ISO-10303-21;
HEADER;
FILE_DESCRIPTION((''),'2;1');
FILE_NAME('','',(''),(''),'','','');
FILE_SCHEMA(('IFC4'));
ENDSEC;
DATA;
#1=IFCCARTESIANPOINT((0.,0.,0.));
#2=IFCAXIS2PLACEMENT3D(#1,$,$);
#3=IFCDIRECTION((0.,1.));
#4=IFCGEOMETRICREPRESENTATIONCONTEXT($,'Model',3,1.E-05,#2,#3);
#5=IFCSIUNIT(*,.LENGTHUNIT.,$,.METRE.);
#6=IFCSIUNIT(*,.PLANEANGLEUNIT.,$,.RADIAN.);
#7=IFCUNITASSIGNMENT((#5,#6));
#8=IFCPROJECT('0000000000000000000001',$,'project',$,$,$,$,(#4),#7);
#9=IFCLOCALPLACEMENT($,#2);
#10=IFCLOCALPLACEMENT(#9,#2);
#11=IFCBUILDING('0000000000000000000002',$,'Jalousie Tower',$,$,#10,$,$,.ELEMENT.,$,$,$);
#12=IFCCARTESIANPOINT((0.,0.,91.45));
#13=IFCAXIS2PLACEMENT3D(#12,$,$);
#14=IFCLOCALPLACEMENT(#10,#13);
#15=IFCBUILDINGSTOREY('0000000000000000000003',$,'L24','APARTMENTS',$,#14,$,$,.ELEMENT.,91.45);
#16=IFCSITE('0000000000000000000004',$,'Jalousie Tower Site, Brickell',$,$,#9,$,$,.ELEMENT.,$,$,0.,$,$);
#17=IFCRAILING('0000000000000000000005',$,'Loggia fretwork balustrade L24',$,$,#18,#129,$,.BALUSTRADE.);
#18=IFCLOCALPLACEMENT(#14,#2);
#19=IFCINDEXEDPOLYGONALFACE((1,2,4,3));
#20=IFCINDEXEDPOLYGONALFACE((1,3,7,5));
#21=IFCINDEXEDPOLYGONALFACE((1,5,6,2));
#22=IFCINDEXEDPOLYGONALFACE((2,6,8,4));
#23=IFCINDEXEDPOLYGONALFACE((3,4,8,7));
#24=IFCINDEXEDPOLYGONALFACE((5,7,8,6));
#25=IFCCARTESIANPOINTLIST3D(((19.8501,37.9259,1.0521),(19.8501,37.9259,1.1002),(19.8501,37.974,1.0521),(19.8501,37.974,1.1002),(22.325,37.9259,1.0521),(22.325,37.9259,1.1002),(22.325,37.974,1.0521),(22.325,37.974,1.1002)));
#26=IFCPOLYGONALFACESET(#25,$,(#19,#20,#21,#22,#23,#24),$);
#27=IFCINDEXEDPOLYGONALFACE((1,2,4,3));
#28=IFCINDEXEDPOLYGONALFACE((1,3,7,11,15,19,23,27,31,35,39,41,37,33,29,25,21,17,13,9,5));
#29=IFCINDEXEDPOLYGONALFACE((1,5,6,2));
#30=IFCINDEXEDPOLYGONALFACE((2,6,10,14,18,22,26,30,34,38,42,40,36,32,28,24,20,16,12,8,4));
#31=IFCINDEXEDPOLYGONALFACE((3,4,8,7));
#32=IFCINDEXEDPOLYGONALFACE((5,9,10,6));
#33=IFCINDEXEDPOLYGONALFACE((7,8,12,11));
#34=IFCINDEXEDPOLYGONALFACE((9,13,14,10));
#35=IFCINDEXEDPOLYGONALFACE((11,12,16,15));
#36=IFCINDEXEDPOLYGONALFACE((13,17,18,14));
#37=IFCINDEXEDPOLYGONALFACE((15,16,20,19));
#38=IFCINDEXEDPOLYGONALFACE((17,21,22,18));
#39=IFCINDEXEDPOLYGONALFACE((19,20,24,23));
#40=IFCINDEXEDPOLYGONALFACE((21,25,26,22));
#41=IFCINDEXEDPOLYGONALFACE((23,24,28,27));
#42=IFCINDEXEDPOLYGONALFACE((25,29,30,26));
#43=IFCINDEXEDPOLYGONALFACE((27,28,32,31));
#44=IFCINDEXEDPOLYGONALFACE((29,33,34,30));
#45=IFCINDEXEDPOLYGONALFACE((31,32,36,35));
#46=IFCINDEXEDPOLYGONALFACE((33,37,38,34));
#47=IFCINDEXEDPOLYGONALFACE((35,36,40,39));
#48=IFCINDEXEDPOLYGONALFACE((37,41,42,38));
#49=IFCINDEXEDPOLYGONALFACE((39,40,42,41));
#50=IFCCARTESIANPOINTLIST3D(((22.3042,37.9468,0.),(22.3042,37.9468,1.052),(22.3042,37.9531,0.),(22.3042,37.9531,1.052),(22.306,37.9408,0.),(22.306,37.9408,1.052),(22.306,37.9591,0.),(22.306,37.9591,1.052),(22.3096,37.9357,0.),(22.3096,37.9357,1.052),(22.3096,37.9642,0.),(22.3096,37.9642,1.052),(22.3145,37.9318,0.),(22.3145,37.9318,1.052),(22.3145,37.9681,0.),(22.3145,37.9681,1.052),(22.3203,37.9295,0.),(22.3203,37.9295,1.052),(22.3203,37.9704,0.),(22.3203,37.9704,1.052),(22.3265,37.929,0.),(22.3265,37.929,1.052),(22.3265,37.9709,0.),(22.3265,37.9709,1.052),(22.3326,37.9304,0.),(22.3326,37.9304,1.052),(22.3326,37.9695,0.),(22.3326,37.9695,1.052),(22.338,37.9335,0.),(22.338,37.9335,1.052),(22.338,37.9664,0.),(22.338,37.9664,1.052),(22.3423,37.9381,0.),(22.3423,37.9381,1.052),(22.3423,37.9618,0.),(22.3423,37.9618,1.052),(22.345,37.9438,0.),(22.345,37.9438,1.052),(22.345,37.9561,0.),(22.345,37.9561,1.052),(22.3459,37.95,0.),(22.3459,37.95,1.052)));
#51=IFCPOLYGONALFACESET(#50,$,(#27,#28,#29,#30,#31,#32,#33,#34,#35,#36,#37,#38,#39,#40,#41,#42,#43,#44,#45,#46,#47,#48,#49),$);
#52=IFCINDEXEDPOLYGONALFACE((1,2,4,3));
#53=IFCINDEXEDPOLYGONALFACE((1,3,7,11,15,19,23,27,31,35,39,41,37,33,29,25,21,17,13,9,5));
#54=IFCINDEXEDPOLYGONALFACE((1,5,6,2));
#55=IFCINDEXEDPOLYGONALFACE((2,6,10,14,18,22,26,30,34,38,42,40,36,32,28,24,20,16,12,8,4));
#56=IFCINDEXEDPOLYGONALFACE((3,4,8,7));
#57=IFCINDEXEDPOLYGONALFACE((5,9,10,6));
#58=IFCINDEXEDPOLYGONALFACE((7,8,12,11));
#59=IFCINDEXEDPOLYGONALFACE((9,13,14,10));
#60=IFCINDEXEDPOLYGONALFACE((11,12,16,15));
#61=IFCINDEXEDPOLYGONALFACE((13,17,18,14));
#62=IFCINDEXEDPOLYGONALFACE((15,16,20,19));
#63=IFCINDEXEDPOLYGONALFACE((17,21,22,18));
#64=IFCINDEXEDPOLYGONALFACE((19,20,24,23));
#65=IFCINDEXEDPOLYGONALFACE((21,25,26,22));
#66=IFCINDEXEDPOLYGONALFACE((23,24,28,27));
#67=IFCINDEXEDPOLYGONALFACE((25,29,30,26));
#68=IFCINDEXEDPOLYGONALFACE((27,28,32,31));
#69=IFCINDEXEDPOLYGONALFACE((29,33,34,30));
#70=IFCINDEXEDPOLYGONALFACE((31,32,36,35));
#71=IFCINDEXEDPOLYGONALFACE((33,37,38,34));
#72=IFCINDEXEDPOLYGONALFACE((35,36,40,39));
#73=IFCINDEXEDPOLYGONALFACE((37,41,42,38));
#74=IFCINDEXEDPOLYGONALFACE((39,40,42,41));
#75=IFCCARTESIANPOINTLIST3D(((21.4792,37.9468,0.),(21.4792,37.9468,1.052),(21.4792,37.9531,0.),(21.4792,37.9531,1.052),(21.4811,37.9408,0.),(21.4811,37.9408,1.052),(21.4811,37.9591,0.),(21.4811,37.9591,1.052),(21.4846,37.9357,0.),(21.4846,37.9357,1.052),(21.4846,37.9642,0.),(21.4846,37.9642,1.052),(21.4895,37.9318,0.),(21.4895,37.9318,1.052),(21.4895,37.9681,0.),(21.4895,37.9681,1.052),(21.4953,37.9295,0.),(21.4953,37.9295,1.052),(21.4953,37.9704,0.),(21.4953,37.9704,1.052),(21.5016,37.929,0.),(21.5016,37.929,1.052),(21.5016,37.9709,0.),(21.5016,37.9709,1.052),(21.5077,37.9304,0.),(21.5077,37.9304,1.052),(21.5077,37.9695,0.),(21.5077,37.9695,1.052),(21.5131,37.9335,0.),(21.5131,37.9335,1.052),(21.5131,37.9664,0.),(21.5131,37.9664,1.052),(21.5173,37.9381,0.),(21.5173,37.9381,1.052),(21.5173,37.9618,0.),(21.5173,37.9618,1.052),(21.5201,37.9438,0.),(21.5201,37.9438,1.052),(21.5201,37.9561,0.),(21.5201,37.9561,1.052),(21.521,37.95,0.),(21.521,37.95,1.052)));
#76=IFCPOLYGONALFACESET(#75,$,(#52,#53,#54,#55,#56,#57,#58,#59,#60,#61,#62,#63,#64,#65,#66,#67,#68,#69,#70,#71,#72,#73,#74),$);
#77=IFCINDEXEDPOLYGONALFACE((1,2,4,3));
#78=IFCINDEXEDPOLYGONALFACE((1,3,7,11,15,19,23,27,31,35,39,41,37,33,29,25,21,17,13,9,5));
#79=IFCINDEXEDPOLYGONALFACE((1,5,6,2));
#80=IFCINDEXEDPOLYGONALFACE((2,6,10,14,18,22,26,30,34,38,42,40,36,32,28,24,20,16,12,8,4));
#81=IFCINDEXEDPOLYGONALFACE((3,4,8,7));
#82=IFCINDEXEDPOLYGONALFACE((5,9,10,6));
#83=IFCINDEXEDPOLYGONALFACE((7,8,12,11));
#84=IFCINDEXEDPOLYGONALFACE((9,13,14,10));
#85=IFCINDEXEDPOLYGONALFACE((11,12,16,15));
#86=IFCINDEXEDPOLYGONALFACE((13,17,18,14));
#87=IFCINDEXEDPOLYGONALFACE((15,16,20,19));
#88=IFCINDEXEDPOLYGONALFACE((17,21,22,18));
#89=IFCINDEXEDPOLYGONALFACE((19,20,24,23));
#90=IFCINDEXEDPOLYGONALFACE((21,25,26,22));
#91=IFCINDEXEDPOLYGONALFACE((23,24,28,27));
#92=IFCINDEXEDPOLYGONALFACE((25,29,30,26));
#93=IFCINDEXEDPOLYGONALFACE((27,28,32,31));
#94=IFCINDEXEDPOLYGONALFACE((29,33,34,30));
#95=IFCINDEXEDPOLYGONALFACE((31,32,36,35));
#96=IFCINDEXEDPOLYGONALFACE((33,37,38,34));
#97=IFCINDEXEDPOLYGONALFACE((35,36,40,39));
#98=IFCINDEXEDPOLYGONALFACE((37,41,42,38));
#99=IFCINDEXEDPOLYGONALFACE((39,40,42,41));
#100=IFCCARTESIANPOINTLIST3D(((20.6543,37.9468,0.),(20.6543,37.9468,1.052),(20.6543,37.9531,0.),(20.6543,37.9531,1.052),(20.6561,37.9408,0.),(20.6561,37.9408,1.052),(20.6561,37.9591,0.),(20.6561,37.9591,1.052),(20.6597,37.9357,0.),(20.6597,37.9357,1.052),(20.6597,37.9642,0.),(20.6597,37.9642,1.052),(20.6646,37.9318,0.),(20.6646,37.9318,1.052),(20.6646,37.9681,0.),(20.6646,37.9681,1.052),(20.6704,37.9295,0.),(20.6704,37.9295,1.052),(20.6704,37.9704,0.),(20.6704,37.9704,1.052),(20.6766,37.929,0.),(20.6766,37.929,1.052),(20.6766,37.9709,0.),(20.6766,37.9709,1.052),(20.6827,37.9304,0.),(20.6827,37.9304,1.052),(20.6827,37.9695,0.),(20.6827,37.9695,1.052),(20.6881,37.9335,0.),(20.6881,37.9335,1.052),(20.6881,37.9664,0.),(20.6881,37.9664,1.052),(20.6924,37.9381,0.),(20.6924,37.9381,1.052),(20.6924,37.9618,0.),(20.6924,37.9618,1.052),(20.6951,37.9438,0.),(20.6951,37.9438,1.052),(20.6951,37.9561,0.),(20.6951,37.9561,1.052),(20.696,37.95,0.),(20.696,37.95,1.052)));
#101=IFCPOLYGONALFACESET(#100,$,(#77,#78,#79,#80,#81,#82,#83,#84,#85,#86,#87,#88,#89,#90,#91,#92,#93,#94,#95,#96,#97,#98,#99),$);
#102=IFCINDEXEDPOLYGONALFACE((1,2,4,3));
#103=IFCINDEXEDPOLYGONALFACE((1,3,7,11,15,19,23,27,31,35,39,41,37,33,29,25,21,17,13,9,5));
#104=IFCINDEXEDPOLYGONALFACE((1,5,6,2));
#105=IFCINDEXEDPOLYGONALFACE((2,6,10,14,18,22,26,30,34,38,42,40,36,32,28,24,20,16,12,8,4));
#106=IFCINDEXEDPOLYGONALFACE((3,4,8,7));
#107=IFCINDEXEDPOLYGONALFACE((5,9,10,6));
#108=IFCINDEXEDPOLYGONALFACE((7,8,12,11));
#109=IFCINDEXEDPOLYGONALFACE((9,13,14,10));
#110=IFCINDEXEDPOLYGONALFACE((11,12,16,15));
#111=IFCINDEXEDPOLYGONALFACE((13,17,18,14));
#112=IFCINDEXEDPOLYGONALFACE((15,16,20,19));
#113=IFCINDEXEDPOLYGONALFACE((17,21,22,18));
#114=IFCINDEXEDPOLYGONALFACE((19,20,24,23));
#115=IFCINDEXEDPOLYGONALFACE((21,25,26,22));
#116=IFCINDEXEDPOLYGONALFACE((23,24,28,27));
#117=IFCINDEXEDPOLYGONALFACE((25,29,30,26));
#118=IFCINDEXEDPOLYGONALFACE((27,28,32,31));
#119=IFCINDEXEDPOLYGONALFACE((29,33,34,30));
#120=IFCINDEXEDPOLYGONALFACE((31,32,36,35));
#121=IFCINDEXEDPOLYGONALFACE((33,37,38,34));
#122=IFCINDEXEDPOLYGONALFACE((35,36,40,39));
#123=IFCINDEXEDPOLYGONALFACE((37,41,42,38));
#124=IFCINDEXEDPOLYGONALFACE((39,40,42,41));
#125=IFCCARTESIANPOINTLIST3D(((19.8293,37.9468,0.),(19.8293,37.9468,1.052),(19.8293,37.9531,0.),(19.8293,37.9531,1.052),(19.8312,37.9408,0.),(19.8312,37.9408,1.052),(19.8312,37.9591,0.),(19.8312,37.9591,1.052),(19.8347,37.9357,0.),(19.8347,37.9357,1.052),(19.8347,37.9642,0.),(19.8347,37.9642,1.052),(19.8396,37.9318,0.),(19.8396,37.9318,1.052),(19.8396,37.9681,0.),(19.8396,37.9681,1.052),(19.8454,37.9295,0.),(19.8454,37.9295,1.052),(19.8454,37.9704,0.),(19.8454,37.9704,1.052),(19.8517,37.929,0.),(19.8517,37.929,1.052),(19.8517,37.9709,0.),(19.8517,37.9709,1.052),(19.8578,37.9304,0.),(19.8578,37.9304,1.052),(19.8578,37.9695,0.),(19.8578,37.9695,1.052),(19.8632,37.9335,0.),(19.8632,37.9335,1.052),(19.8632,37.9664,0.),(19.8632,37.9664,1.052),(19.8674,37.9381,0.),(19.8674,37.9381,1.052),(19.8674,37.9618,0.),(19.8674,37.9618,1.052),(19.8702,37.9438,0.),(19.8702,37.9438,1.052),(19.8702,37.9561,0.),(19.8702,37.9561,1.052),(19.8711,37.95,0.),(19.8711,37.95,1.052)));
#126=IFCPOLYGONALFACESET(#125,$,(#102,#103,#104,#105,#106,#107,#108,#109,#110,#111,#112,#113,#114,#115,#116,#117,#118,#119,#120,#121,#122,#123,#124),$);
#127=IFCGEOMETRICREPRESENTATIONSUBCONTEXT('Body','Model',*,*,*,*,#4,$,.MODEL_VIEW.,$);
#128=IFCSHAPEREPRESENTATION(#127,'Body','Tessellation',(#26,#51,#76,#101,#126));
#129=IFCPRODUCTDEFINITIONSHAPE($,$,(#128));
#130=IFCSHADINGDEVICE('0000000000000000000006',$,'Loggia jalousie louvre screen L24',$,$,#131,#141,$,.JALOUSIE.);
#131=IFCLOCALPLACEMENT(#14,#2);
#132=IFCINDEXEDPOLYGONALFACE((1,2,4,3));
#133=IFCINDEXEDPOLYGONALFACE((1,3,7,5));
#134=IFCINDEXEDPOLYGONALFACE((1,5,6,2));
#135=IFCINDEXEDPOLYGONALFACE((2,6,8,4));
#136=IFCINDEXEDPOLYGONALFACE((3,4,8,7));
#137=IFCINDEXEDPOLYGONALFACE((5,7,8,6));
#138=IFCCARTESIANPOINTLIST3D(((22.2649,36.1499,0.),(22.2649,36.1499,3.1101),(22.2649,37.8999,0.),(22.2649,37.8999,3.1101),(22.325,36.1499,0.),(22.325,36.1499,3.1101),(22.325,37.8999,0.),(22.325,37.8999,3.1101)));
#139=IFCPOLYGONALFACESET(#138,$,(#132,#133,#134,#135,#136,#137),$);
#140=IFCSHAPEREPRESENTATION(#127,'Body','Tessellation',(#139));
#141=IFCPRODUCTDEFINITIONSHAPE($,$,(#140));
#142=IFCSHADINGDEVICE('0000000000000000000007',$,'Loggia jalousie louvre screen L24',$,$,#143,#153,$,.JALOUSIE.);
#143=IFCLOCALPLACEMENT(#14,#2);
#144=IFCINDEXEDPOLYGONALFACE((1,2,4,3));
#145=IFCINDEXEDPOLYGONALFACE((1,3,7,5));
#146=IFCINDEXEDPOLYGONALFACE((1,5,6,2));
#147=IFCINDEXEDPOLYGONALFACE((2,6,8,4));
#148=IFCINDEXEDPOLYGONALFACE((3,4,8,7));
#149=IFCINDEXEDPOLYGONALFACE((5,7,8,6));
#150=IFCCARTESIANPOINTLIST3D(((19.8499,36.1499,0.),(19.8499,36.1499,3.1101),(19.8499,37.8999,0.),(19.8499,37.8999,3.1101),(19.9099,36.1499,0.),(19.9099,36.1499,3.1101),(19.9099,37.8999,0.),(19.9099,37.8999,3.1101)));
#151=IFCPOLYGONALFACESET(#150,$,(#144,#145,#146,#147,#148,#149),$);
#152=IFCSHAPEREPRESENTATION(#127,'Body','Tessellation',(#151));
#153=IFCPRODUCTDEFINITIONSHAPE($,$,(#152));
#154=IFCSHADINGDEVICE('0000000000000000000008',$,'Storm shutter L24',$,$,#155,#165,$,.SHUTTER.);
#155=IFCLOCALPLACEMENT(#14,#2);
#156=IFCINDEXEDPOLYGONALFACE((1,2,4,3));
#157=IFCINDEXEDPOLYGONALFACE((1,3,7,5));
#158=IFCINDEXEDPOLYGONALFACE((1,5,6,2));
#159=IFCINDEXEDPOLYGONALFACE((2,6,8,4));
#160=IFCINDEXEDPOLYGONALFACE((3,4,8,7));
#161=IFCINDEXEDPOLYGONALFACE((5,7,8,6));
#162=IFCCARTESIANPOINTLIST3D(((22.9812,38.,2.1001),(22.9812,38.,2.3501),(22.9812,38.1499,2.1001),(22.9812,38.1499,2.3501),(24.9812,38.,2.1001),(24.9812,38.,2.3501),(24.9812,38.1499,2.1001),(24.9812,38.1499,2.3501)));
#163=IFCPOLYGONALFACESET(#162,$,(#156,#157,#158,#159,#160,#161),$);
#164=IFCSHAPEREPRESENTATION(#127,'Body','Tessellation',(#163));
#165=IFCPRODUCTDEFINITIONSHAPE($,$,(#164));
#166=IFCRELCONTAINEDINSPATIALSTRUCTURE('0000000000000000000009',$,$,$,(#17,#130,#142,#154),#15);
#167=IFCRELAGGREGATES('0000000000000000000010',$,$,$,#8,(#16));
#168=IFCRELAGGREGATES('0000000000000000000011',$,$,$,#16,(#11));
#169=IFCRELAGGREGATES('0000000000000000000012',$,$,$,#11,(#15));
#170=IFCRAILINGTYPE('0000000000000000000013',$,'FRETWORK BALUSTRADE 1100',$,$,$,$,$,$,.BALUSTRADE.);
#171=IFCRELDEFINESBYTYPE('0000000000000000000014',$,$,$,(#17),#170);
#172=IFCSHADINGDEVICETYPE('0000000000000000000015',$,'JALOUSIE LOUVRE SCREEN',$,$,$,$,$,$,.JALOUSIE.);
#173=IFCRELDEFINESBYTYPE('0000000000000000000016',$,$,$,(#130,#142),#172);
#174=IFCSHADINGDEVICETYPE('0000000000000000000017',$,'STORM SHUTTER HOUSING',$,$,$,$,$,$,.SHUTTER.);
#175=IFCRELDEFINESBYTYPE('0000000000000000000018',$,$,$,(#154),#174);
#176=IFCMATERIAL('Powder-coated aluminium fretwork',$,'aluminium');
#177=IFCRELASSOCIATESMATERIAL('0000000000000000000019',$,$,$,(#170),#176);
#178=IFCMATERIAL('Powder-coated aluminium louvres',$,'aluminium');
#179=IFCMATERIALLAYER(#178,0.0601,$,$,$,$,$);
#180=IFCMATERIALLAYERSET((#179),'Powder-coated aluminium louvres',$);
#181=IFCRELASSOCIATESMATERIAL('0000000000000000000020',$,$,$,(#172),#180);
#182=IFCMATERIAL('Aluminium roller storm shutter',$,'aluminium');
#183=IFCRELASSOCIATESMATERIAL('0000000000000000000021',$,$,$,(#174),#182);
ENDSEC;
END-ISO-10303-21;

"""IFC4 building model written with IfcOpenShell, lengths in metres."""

from ifc_helpers import new_model, si_unit, direction, frame, origin, origin_2d, place, context, subcontext, project, spatial, rectangle, circle, extrude, material, layer, layer_set, type_object, element, save


model = new_model("IFC4")

# Units and contexts
model_context = context("Model", 3, precision=1e-05, world=origin(), true_north=direction((0.0, 1.0)))
body_context = subcontext(model_context, "Body", "Model", "MODEL_VIEW")
ifc_project = project(units=[si_unit("LENGTHUNIT", "METRE"), si_unit("PLANEANGLEUNIT", "RADIAN")], contexts=[model_context])

# Site, building, storey
site_placement = place(None, origin())
site = spatial("IfcSite", under=ifc_project, at=site_placement, Name="Jalousie Tower Site, Brickell", CompositionType="ELEMENT", RefElevation=0.0)
building_placement = place(site_placement, origin())
building = spatial("IfcBuilding", under=site, at=building_placement, Name="Jalousie Tower", CompositionType="ELEMENT")
storey_placement = place(building_placement, frame((0.0, 0.0, 91.45)))
storey = spatial("IfcBuildingStorey", under=building, at=storey_placement, Name="L24", Description="APARTMENTS", CompositionType="ELEMENT", Elevation=91.45)

# Railing
ifc_material_1 = material(Name="Powder-coated aluminium fretwork", Category="aluminium")
railing_type = type_object("IfcRailingType", Name="FRETWORK BALUSTRADE 1100", PredefinedType="BALUSTRADE", material=ifc_material_1)
railing_placement = place(storey_placement, frame((22.325, 37.95, 0.0)))
element("IfcRailing", 1, at=railing_placement, inside=storey, type_object=railing_type, Name="Loggia fretwork balustrade L24", PredefinedType="BALUSTRADE", context=body_context, shape_type="SweptSolid", body=[
    extrude(rectangle(XDim=0.0481, YDim=0.0481, at=origin_2d()), frame((0.0, 0.0, 1.0762), z_axis=(-1.0, 0.0, 0.0), x_axis=(0.0, -1.0, 0.0)), (0.0, 0.0, 1.0), 2.4749),
    extrude(circle(Radius=0.021, at=origin_2d()), origin(), (0.0, 0.0, 1.0), 1.052),
    extrude(circle(Radius=0.021, at=origin_2d()), frame((-0.825, 0.0, 0.0)), (0.0, 0.0, 1.0), 1.052),
    extrude(circle(Radius=0.021, at=origin_2d()), frame((-1.6499, 0.0, 0.0)), (0.0, 0.0, 1.0), 1.052),
    extrude(circle(Radius=0.021, at=origin_2d()), frame((-2.4749, 0.0, 0.0)), (0.0, 0.0, 1.0), 1.052),
])

# Shading devices
ifc_material_2 = material(Name="Powder-coated aluminium louvres", Category="aluminium")
ifc_layer_1 = layer(ifc_material_2, 0.0601)
ifc_layer_set_1 = layer_set([ifc_layer_1], Name="Powder-coated aluminium louvres")
shading_device_type_1 = type_object("IfcShadingDeviceType", Name="JALOUSIE LOUVRE SCREEN", PredefinedType="JALOUSIE", material=ifc_layer_set_1)
for number, where, z_axis, x_axis, name in (
    (2, (22.2949, 37.0249, 0.0), (0.0, 0.0, 1.0), (-1.0, 0.0, 0.0), "Loggia jalousie louvre screen L24"),
    (3, (19.8799, 37.0249, 0.0), (0.0, 0.0, 1.0), (-1.0, 0.0, 0.0), "Loggia jalousie louvre screen L24"),
):
    element("IfcShadingDevice", number, at=place(storey_placement, frame(where, z_axis=z_axis, x_axis=x_axis)), inside=storey, type_object=shading_device_type_1, Name=name, PredefinedType="JALOUSIE", context=body_context, shape_type="SweptSolid", body=[
        extrude(rectangle(XDim=0.0601, YDim=1.75, at=origin_2d()), origin(), (0.0, 0.0, 1.0), 3.1101),
    ])
ifc_material_3 = material(Name="Aluminium roller storm shutter", Category="aluminium")
shading_device_type_2 = type_object("IfcShadingDeviceType", Name="STORM SHUTTER HOUSING", PredefinedType="SHUTTER", material=ifc_material_3)
shading_device_1_placement = place(storey_placement, frame((23.9812, 38.075, 2.1001), z_axis=(0.0, 0.0, 1.0), x_axis=(-1.0, 0.0, 0.0)))
element("IfcShadingDevice", 4, at=shading_device_1_placement, inside=storey, type_object=shading_device_type_2, Name="Storm shutter L24", PredefinedType="SHUTTER", context=body_context, shape_type="SweptSolid", body=[
    extrude(rectangle(XDim=2.0, YDim=0.1499, at=origin_2d()), origin(), (0.0, 0.0, 1.0), 0.25),
])

save(model, "model.ifc")
